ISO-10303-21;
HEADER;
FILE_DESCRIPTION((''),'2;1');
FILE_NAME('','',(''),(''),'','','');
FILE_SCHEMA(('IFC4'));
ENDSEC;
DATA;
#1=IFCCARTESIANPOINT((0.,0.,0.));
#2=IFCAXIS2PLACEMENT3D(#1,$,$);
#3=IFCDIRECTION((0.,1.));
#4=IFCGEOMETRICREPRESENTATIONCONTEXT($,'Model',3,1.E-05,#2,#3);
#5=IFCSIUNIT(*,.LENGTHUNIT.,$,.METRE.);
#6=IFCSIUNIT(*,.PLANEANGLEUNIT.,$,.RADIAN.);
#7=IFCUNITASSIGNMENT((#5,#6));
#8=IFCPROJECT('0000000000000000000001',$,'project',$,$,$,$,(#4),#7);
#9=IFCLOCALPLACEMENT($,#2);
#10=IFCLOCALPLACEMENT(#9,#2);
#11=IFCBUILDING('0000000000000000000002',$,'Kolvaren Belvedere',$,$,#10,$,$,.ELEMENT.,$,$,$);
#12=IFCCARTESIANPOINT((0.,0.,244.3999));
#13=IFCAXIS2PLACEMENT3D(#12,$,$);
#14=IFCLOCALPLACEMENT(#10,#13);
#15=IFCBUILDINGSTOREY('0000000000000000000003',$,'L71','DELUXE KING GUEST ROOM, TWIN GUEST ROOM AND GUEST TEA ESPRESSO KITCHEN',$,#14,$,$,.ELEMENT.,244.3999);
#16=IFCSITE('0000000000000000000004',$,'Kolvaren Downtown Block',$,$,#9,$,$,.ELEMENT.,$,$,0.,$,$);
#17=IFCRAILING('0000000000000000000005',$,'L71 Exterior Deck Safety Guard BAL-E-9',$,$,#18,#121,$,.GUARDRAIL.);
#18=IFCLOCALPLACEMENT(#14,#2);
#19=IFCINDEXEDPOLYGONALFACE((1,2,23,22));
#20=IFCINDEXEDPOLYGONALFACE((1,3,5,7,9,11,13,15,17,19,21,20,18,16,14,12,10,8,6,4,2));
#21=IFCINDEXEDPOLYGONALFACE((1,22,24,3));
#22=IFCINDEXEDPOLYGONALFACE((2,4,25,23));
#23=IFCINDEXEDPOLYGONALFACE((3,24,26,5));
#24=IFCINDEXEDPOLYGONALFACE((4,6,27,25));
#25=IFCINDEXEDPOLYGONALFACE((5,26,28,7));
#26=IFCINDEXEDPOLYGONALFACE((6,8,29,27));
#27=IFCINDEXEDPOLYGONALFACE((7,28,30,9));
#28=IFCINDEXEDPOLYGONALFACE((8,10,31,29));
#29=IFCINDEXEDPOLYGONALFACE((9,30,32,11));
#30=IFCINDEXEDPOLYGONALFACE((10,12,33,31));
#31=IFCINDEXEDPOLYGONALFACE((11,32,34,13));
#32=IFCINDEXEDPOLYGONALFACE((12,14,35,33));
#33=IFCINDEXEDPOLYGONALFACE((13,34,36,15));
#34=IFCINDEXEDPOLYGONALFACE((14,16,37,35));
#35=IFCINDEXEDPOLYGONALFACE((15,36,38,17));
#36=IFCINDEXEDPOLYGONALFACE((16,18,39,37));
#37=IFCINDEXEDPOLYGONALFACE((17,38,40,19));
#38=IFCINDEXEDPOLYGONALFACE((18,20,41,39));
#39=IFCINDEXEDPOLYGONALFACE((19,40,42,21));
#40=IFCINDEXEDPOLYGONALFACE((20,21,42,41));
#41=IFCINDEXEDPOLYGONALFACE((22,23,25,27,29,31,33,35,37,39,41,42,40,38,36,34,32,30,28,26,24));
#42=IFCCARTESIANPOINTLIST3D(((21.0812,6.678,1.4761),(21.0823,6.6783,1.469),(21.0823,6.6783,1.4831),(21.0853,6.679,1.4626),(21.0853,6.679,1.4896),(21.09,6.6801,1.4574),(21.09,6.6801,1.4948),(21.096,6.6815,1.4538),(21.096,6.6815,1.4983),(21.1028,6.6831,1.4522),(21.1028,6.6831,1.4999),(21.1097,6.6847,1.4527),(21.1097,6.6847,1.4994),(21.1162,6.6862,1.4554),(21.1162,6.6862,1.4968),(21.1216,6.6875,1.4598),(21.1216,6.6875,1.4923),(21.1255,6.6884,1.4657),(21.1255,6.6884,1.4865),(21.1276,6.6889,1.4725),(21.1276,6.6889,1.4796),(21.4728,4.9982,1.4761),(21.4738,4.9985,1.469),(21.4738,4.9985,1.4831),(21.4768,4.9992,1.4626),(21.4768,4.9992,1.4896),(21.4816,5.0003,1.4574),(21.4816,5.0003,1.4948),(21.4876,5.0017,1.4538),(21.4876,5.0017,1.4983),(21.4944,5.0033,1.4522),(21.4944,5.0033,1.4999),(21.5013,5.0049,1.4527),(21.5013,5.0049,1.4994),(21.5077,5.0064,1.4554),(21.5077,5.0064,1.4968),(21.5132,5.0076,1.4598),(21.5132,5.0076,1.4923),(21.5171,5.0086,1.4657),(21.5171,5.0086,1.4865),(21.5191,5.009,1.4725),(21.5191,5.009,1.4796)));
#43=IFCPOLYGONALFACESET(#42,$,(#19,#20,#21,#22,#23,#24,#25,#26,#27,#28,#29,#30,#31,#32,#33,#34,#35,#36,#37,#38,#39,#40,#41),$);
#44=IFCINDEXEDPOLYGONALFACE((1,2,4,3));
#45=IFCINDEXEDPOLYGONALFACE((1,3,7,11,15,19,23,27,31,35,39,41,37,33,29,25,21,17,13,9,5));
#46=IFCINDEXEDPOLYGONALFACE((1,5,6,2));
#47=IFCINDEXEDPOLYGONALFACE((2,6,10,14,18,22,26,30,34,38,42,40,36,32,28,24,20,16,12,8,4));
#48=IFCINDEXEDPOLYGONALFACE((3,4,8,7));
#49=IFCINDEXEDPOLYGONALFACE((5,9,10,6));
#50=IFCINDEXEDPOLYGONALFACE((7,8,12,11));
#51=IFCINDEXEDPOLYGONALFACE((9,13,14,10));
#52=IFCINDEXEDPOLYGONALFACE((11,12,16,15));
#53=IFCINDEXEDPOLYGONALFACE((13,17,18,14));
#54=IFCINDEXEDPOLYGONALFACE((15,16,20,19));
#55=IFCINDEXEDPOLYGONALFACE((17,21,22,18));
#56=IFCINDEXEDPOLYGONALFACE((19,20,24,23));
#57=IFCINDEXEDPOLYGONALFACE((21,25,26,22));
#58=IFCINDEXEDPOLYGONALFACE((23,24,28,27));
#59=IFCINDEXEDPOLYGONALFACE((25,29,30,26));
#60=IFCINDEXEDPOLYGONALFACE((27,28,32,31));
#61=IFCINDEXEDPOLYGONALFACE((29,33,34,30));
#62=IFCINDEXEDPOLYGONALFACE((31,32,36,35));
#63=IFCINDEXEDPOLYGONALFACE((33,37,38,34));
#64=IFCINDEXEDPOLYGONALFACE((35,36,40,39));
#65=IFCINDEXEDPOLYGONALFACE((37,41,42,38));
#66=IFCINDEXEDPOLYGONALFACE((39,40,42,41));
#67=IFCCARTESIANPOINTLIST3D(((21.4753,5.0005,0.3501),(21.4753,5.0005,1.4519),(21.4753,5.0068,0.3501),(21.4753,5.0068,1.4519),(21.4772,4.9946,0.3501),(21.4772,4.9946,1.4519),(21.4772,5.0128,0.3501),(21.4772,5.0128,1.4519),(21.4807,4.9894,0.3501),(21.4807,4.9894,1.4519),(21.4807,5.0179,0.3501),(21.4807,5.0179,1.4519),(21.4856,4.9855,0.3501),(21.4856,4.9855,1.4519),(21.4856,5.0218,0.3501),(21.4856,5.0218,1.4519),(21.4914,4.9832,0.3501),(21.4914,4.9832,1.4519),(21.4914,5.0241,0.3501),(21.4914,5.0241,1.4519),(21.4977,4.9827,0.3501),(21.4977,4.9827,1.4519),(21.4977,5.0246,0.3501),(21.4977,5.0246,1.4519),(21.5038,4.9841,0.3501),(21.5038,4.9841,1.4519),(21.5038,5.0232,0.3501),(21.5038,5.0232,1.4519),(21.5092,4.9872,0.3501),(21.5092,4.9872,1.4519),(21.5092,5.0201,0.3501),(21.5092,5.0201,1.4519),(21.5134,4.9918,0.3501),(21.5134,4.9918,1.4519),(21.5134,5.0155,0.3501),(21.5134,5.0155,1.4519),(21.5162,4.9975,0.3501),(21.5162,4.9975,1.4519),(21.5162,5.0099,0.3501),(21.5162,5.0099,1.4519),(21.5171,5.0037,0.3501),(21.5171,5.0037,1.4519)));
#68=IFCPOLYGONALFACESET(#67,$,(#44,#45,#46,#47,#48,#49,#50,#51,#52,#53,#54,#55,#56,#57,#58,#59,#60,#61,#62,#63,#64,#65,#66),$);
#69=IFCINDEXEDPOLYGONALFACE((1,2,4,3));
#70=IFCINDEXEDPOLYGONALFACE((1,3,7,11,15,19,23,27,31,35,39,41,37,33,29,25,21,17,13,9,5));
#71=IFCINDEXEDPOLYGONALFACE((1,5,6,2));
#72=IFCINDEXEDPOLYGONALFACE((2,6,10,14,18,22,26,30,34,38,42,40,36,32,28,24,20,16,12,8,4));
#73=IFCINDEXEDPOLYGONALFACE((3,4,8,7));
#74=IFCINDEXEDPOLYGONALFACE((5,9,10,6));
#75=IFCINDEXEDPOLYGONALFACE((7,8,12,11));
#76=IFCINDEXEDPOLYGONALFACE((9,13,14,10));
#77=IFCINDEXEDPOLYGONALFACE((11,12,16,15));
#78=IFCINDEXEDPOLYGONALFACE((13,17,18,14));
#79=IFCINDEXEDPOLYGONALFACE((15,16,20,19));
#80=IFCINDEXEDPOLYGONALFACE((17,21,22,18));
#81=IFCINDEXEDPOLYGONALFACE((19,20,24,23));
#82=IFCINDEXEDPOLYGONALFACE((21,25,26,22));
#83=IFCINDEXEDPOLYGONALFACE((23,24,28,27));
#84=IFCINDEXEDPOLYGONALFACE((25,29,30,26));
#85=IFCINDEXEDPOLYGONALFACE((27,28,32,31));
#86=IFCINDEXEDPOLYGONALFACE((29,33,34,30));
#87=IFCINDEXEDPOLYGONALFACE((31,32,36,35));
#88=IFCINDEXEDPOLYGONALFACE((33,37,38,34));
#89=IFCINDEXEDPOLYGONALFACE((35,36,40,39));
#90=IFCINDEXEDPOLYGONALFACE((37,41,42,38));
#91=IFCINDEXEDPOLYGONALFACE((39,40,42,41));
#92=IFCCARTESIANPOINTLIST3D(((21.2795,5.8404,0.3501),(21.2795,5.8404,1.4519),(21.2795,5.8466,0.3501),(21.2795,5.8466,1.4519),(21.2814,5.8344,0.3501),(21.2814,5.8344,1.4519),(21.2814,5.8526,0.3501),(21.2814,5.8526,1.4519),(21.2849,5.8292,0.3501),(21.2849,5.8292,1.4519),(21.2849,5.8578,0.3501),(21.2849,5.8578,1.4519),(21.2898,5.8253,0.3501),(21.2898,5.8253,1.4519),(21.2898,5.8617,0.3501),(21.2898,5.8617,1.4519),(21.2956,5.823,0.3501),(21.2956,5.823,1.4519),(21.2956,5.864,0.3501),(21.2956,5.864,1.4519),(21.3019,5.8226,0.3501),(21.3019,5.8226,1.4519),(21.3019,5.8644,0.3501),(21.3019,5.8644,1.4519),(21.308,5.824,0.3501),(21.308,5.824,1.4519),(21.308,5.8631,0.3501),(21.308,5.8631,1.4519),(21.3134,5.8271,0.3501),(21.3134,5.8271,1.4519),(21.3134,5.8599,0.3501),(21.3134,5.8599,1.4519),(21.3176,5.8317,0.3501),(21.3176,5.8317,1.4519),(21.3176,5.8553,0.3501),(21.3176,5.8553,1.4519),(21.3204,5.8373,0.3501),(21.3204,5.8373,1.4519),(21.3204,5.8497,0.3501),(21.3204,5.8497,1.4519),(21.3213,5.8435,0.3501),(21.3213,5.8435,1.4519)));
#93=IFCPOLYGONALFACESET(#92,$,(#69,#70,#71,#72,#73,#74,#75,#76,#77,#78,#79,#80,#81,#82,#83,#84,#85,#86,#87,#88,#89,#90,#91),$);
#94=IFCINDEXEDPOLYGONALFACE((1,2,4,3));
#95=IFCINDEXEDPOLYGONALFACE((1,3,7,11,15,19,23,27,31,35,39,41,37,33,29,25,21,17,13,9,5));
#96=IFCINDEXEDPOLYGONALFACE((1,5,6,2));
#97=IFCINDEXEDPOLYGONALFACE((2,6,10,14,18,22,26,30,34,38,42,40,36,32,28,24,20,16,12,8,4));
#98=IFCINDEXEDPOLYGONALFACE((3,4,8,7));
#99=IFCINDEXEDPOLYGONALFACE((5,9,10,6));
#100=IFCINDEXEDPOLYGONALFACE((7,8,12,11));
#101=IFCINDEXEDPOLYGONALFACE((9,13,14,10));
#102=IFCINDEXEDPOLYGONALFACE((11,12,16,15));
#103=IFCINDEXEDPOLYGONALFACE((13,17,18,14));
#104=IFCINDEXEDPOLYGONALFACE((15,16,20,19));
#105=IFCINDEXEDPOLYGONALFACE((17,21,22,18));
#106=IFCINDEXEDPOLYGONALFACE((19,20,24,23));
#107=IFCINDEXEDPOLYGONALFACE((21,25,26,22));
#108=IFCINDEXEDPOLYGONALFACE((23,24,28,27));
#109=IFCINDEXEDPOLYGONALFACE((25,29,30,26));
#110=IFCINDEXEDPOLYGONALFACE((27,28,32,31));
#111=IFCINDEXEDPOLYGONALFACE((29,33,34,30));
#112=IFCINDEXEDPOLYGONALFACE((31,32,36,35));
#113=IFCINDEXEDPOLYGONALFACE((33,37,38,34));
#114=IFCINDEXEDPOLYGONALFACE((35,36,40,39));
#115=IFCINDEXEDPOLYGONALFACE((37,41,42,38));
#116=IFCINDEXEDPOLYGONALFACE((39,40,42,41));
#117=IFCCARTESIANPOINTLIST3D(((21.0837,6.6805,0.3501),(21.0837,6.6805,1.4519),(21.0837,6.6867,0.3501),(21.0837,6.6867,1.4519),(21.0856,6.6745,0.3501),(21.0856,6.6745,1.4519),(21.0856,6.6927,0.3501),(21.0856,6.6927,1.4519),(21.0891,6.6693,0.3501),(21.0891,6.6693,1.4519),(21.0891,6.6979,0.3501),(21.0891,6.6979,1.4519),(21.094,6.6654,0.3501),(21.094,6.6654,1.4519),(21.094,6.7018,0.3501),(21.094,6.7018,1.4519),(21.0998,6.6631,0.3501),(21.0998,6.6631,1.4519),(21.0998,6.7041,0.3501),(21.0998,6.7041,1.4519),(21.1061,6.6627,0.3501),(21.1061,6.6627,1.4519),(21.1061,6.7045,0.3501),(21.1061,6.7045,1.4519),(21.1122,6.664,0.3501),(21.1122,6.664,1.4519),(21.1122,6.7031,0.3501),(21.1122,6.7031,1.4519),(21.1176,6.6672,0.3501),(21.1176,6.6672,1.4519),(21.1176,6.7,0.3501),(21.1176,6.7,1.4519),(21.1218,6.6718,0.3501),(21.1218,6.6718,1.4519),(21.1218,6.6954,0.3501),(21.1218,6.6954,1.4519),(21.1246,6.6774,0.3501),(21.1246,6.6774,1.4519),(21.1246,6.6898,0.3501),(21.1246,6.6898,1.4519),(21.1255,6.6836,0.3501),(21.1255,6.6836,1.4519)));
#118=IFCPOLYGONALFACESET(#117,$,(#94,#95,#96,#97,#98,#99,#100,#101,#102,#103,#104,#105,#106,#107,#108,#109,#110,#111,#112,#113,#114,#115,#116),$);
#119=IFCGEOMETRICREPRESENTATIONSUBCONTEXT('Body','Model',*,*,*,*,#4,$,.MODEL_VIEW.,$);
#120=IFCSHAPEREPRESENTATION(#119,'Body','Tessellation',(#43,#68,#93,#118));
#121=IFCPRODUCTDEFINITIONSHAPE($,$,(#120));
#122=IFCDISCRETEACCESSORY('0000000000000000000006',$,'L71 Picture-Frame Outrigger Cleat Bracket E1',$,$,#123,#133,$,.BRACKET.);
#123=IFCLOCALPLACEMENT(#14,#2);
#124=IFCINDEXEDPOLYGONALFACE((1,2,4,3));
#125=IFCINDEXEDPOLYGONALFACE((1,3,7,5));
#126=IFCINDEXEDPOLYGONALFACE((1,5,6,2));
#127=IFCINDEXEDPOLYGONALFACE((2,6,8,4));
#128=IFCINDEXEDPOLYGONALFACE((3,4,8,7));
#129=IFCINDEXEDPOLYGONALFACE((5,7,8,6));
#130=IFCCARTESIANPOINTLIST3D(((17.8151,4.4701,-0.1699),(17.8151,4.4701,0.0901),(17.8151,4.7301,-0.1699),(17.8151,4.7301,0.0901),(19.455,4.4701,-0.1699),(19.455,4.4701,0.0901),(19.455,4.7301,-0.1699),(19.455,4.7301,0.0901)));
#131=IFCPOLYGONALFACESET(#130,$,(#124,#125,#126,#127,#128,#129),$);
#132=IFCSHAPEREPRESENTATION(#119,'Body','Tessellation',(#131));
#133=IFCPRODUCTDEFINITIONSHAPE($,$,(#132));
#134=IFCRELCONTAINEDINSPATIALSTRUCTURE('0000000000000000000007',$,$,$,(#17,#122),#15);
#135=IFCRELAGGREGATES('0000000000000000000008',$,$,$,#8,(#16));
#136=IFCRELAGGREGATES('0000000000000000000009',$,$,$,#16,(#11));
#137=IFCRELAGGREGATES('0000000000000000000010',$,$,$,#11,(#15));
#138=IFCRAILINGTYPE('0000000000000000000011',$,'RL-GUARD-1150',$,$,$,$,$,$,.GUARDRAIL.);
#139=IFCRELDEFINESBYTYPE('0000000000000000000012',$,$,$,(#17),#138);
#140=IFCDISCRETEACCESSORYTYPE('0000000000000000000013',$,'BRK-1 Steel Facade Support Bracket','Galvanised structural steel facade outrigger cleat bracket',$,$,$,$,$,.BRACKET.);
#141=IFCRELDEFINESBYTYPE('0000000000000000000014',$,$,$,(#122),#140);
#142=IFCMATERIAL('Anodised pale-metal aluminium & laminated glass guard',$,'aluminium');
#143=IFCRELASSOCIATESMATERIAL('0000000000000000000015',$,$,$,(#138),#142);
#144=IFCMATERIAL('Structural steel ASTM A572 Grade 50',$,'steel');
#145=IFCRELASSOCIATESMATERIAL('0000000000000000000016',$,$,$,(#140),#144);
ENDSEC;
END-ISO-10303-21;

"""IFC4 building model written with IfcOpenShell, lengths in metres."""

from ifc_helpers import new_model, si_unit, direction, frame, origin, origin_2d, place, context, subcontext, project, spatial, rectangle, circle, extrude, material, type_object, element, save


model = new_model("IFC4")

# Units and contexts
model_context = context("Model", 3, precision=1e-05, world=origin(), true_north=direction((0.0, 1.0)))
body_context = subcontext(model_context, "Body", "Model", "MODEL_VIEW")
ifc_project = project(units=[si_unit("LENGTHUNIT", "METRE"), si_unit("PLANEANGLEUNIT", "RADIAN")], contexts=[model_context])

# Site, building, storey
site_placement = place(None, origin())
site = spatial("IfcSite", under=ifc_project, at=site_placement, Name="Kolvaren Downtown Block", CompositionType="ELEMENT", RefElevation=0.0)
building_placement = place(site_placement, origin())
building = spatial("IfcBuilding", under=site, at=building_placement, Name="Kolvaren Belvedere", CompositionType="ELEMENT")
storey_placement = place(building_placement, frame((0.0, 0.0, 244.3999)))
storey = spatial("IfcBuildingStorey", under=building, at=storey_placement, Name="L71", Description="DELUXE KING GUEST ROOM, TWIN GUEST ROOM AND GUEST TEA ESPRESSO KITCHEN", CompositionType="ELEMENT", Elevation=244.3999)

# Railing
ifc_material_1 = material(Name="Anodised pale-metal aluminium & laminated glass guard", Category="aluminium")
railing_type = type_object("IfcRailingType", Name="RL-GUARD-1150", PredefinedType="GUARDRAIL", material=ifc_material_1)
railing_1_placement = place(storey_placement, frame((21.4961, 5.0037, 0.3501)))
element("IfcRailing", 1, at=railing_1_placement, inside=storey, type_object=railing_type, Name="L71 Exterior Deck Safety Guard BAL-E-9", PredefinedType="GUARDRAIL", context=body_context, shape_type="SweptSolid", body=[
    extrude(circle(Radius=0.0239, at=origin_2d()), frame((0.0, 0.0, 1.126), z_axis=(-0.227019, 0.97389, 0.0), x_axis=(-0.97389, -0.227019, 0.0)), (0.0, 0.0, 1.0), 1.7249),
    extrude(circle(Radius=0.021, at=origin_2d()), origin(), (0.0, 0.0, 1.0), 1.1018),
    extrude(circle(Radius=0.021, at=origin_2d()), frame((-0.1958, 0.8398, 0.0)), (0.0, 0.0, 1.0), 1.1018),
    extrude(circle(Radius=0.021, at=origin_2d()), frame((-0.3916, 1.6799, 0.0)), (0.0, 0.0, 1.0), 1.1018),
])

# Discrete accessory
ifc_material_2 = material(Name="Structural steel ASTM A572 Grade 50", Category="steel")
discrete_accessory_type = type_object("IfcDiscreteAccessoryType", Name="BRK-1 Steel Facade Support Bracket", Description="Galvanised structural steel facade outrigger cleat bracket", PredefinedType="BRACKET", material=ifc_material_2)
discrete_accessory_placement = place(storey_placement, frame((18.635, 4.6001, -0.1699), z_axis=(0.0, 0.0, 1.0), x_axis=(1.0, 0.0, 0.0)))
element("IfcDiscreteAccessory", 2, at=discrete_accessory_placement, inside=storey, type_object=discrete_accessory_type, Name="L71 Picture-Frame Outrigger Cleat Bracket E1", PredefinedType="BRACKET", context=body_context, shape_type="SweptSolid", body=[
    extrude(rectangle(XDim=1.6399, YDim=0.26, at=origin_2d()), origin(), (0.0, 0.0, 1.0), 0.26),
])

save(model, "model.ifc")
